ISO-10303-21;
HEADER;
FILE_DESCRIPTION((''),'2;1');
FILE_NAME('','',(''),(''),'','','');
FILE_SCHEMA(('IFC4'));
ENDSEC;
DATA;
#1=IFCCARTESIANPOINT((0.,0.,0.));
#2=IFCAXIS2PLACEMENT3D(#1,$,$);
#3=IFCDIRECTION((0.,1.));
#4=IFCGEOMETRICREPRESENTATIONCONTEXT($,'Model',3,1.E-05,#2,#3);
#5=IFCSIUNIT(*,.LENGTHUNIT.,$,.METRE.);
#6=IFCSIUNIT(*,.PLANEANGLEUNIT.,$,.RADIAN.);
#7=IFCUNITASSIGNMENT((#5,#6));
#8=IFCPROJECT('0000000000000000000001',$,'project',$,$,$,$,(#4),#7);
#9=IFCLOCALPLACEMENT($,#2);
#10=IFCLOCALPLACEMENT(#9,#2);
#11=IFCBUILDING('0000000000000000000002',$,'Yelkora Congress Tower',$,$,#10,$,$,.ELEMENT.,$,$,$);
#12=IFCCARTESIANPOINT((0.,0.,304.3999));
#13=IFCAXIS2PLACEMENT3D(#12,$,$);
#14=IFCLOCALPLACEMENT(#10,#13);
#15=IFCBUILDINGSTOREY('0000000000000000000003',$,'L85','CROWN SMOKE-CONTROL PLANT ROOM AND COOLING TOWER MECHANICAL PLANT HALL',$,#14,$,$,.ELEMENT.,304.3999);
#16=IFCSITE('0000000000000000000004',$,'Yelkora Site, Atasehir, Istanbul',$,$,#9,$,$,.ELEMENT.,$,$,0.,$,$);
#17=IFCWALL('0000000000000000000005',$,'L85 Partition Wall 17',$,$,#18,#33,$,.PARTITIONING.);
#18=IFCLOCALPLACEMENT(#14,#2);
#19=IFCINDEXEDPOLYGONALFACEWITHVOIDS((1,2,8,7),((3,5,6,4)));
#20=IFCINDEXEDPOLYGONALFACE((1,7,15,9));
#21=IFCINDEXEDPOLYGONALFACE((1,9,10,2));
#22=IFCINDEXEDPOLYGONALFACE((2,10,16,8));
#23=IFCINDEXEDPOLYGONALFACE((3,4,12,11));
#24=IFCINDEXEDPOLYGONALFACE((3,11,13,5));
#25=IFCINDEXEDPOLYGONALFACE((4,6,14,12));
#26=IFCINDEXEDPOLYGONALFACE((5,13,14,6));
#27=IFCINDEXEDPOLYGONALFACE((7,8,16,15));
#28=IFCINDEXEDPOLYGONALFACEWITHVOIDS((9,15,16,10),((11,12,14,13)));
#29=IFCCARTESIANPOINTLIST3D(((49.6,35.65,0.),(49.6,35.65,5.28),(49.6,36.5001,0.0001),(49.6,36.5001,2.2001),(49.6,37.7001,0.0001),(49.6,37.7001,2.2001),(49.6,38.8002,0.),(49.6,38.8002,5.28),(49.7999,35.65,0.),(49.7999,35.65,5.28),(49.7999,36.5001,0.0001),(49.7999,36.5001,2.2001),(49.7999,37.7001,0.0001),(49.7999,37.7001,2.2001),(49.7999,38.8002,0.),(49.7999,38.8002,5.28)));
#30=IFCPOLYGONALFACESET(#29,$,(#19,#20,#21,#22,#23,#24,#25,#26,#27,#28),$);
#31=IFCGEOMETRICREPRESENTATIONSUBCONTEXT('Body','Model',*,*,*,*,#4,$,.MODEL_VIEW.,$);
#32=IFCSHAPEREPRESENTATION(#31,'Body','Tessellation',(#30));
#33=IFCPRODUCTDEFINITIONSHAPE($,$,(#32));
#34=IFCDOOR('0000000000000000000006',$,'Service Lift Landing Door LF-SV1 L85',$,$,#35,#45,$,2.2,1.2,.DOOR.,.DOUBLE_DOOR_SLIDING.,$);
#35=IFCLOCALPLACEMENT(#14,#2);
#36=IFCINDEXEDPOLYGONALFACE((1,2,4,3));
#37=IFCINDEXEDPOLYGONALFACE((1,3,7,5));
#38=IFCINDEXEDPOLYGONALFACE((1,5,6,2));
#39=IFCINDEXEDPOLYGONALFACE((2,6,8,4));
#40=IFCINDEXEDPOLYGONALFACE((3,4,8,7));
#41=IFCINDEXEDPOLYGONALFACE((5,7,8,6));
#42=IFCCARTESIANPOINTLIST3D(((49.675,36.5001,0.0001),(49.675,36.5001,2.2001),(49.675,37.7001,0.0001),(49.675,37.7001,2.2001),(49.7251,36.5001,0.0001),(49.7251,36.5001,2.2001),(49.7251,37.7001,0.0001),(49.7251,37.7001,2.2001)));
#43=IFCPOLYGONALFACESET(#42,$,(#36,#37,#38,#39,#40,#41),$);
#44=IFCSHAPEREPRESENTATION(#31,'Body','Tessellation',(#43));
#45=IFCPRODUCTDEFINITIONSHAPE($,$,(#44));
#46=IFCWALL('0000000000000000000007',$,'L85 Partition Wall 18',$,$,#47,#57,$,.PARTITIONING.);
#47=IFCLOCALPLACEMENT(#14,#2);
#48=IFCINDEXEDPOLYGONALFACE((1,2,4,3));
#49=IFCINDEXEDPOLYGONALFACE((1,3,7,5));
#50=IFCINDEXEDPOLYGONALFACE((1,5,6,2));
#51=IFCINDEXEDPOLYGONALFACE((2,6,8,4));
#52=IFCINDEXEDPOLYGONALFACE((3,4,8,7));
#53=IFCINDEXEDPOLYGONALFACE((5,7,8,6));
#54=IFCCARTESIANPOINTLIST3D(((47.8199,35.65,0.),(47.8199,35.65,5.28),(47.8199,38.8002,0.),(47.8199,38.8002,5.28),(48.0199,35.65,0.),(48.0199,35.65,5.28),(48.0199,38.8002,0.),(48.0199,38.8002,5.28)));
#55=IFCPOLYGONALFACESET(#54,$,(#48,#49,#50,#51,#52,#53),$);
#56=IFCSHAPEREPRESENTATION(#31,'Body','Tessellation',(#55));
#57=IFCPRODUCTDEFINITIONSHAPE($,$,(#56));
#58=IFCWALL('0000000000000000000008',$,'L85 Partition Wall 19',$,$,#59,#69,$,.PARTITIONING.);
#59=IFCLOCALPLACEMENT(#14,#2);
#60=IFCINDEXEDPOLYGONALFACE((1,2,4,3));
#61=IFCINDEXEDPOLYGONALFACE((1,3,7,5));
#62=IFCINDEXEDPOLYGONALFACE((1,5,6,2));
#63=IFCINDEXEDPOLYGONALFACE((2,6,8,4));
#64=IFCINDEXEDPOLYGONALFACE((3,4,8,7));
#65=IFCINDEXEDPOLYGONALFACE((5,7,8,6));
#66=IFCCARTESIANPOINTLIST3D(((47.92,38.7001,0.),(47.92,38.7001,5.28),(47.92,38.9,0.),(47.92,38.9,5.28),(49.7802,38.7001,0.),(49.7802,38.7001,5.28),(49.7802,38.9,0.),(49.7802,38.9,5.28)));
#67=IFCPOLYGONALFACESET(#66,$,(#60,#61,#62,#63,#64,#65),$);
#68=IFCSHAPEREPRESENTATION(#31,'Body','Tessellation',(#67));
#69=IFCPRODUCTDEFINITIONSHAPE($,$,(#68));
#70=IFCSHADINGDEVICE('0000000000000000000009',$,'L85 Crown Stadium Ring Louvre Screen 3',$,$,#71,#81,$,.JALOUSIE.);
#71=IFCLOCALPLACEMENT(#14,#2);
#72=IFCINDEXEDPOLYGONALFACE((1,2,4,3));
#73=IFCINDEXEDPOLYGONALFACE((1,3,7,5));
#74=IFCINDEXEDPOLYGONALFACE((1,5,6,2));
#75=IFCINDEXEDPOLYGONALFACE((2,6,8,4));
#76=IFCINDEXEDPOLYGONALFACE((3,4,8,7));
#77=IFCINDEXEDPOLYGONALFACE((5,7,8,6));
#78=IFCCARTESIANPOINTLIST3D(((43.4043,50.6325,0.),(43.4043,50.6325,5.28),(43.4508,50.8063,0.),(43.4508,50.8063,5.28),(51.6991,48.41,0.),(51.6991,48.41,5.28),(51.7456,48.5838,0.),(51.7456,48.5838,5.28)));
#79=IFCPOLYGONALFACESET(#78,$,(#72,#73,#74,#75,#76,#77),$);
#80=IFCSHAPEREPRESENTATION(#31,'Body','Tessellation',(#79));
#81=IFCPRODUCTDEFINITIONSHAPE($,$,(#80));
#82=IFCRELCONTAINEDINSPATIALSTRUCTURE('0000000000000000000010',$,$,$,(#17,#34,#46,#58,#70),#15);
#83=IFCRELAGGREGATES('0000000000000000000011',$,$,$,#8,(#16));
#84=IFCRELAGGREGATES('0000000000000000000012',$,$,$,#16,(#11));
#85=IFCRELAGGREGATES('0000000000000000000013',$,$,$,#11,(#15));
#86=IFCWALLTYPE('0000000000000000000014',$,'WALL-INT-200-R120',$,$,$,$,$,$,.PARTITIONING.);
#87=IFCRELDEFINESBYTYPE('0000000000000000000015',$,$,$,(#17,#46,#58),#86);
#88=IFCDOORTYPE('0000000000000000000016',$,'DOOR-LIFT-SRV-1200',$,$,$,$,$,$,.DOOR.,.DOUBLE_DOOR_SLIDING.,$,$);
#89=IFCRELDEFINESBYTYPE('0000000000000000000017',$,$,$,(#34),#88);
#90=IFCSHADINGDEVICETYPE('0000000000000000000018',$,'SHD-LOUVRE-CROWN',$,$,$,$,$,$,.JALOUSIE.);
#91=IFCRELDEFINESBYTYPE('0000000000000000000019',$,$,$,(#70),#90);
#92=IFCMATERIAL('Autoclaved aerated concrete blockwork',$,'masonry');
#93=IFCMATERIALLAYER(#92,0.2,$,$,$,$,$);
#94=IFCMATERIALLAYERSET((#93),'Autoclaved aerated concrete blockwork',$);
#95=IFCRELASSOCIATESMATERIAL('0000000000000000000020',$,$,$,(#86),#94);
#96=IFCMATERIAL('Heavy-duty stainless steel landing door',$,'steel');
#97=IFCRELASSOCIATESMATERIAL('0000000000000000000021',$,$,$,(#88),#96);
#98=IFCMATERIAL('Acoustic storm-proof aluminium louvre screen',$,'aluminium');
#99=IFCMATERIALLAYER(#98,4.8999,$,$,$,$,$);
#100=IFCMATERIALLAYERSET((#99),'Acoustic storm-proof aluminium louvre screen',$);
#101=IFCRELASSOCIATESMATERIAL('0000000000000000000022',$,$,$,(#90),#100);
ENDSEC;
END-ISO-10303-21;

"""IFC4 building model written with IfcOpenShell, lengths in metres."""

from ifc_helpers import new_model, si_unit, direction, frame, frame_2d, origin, origin_2d, place, context, subcontext, project, spatial, rectangle, extrude, material, layer, layer_set, type_object, element, fill, save


model = new_model("IFC4")

# Units and contexts
model_context = context("Model", 3, precision=1e-05, world=origin(), true_north=direction((0.0, 1.0)))
body_context = subcontext(model_context, "Body", "Model", "MODEL_VIEW")
ifc_project = project(units=[si_unit("LENGTHUNIT", "METRE"), si_unit("PLANEANGLEUNIT", "RADIAN")], contexts=[model_context])

# Site, building, storey
site_placement = place(None, origin())
site = spatial("IfcSite", under=ifc_project, at=site_placement, Name="Yelkora Site, Atasehir, Istanbul", CompositionType="ELEMENT", RefElevation=0.0)
building_placement = place(site_placement, origin())
building = spatial("IfcBuilding", under=site, at=building_placement, Name="Yelkora Congress Tower", CompositionType="ELEMENT")
storey_placement = place(building_placement, frame((0.0, 0.0, 304.3999)))
storey = spatial("IfcBuildingStorey", under=building, at=storey_placement, Name="L85", Description="CROWN SMOKE-CONTROL PLANT ROOM AND COOLING TOWER MECHANICAL PLANT HALL", CompositionType="ELEMENT", Elevation=304.3999)

# Shared definitions
ifc_material_1 = material(Name="Autoclaved aerated concrete blockwork", Category="masonry")
ifc_layer_1 = layer(ifc_material_1, 0.2)
ifc_layer_set_1 = layer_set([ifc_layer_1], Name="Autoclaved aerated concrete blockwork")
wall_type_1 = type_object("IfcWallType", Name="WALL-INT-200-R120", PredefinedType="PARTITIONING", material=ifc_layer_set_1)

# Wall, opening, door
wall_1_placement = place(storey_placement, frame((49.7, 35.6499, 0.0), z_axis=(0.0, 0.0, 1.0), x_axis=(0.0, 1.0, 0.0)))
wall_1 = element("IfcWall", 1, at=wall_1_placement, inside=storey, type_object=wall_type_1, Name="L85 Partition Wall 17", PredefinedType="PARTITIONING", context=body_context, shape_type="SweptSolid", body=[
    extrude(rectangle(XDim=3.1501, YDim=0.2, at=frame_2d((1.5752, 0.0))), origin(), (0.0, 0.0, 1.0), 5.28),
])
opening_1_placement = place(wall_1_placement, frame((0.8501, 0.0, 0.0)))
opening_1 = element("IfcOpeningElement", 2, at=opening_1_placement, cuts=wall_1, PredefinedType="OPENING", context=body_context, shape_type="SweptSolid", body=[
    extrude(rectangle(XDim=1.2, YDim=2.2, at=frame_2d((0.6001, 1.1001))), frame((0.0, 0.1099, 0.0), z_axis=(0.0, -1.0, 0.0), x_axis=(1.0, 0.0, 0.0)), (0.0, 0.0, 1.0), 0.22),
])
ifc_material_2 = material(Name="Heavy-duty stainless steel landing door", Category="steel")
door_type_1 = type_object("IfcDoorType", Name="DOOR-LIFT-SRV-1200", OperationType="DOUBLE_DOOR_SLIDING", PredefinedType="DOOR", material=ifc_material_2)
door_1_placement = place(opening_1_placement, origin())
door_1 = element("IfcDoor", 3, at=door_1_placement, inside=storey, type_object=door_type_1, Name="Service Lift Landing Door LF-SV1 L85", OperationType="DOUBLE_DOOR_SLIDING", OverallHeight=2.2, OverallWidth=1.2, PredefinedType="DOOR", context=body_context, shape_type="SweptSolid", body=[
    extrude(rectangle(XDim=1.2, YDim=2.2, at=frame_2d((0.6001, 1.1001))), frame((0.0, 0.0249, 0.0), z_axis=(0.0, -1.0, 0.0), x_axis=(1.0, 0.0, 0.0)), (0.0, 0.0, 1.0), 0.05),
])
fill(opening_1, door_1)

# Walls
wall_2_placement = place(storey_placement, frame((47.9199, 35.6499, 0.0), z_axis=(0.0, 0.0, 1.0), x_axis=(0.0, 1.0, 0.0)))
element("IfcWall", 4, at=wall_2_placement, inside=storey, type_object=wall_type_1, Name="L85 Partition Wall 18", PredefinedType="PARTITIONING", context=body_context, shape_type="SweptSolid", body=[
    extrude(rectangle(XDim=3.1501, YDim=0.2, at=frame_2d((1.5752, 0.0))), origin(), (0.0, 0.0, 1.0), 5.28),
])
wall_3_placement = place(storey_placement, frame((47.9199, 38.8, 0.0), z_axis=(0.0, 0.0, 1.0), x_axis=(1.0, 0.0, 0.0)))
element("IfcWall", 5, at=wall_3_placement, inside=storey, type_object=wall_type_1, Name="L85 Partition Wall 19", PredefinedType="PARTITIONING", context=body_context, shape_type="SweptSolid", body=[
    extrude(rectangle(XDim=1.8601, YDim=0.2, at=frame_2d((0.9302, 0.0))), origin(), (0.0, 0.0, 1.0), 5.28),
])

# Shading device
ifc_material_3 = material(Name="Acoustic storm-proof aluminium louvre screen", Category="aluminium")
ifc_layer_2 = layer(ifc_material_3, 4.8999)
ifc_layer_set_2 = layer_set([ifc_layer_2], Name="Acoustic storm-proof aluminium louvre screen")
shading_device_type = type_object("IfcShadingDeviceType", Name="SHD-LOUVRE-CROWN", PredefinedType="JALOUSIE", material=ifc_layer_set_2)
shading_device_placement = place(storey_placement, frame((47.575, 49.6082, 0.0), z_axis=(0.0, 0.0, 1.0), x_axis=(-0.965926, 0.258819, 0.0)))
element("IfcShadingDevice", 6, at=shading_device_placement, inside=storey, type_object=shading_device_type, Name="L85 Crown Stadium Ring Louvre Screen 3", PredefinedType="JALOUSIE", context=body_context, shape_type="SweptSolid", body=[
    extrude(rectangle(XDim=8.5874, YDim=0.1799, at=origin_2d()), origin(), (0.0, 0.0, 1.0), 5.28),
])

save(model, "model.ifc")
